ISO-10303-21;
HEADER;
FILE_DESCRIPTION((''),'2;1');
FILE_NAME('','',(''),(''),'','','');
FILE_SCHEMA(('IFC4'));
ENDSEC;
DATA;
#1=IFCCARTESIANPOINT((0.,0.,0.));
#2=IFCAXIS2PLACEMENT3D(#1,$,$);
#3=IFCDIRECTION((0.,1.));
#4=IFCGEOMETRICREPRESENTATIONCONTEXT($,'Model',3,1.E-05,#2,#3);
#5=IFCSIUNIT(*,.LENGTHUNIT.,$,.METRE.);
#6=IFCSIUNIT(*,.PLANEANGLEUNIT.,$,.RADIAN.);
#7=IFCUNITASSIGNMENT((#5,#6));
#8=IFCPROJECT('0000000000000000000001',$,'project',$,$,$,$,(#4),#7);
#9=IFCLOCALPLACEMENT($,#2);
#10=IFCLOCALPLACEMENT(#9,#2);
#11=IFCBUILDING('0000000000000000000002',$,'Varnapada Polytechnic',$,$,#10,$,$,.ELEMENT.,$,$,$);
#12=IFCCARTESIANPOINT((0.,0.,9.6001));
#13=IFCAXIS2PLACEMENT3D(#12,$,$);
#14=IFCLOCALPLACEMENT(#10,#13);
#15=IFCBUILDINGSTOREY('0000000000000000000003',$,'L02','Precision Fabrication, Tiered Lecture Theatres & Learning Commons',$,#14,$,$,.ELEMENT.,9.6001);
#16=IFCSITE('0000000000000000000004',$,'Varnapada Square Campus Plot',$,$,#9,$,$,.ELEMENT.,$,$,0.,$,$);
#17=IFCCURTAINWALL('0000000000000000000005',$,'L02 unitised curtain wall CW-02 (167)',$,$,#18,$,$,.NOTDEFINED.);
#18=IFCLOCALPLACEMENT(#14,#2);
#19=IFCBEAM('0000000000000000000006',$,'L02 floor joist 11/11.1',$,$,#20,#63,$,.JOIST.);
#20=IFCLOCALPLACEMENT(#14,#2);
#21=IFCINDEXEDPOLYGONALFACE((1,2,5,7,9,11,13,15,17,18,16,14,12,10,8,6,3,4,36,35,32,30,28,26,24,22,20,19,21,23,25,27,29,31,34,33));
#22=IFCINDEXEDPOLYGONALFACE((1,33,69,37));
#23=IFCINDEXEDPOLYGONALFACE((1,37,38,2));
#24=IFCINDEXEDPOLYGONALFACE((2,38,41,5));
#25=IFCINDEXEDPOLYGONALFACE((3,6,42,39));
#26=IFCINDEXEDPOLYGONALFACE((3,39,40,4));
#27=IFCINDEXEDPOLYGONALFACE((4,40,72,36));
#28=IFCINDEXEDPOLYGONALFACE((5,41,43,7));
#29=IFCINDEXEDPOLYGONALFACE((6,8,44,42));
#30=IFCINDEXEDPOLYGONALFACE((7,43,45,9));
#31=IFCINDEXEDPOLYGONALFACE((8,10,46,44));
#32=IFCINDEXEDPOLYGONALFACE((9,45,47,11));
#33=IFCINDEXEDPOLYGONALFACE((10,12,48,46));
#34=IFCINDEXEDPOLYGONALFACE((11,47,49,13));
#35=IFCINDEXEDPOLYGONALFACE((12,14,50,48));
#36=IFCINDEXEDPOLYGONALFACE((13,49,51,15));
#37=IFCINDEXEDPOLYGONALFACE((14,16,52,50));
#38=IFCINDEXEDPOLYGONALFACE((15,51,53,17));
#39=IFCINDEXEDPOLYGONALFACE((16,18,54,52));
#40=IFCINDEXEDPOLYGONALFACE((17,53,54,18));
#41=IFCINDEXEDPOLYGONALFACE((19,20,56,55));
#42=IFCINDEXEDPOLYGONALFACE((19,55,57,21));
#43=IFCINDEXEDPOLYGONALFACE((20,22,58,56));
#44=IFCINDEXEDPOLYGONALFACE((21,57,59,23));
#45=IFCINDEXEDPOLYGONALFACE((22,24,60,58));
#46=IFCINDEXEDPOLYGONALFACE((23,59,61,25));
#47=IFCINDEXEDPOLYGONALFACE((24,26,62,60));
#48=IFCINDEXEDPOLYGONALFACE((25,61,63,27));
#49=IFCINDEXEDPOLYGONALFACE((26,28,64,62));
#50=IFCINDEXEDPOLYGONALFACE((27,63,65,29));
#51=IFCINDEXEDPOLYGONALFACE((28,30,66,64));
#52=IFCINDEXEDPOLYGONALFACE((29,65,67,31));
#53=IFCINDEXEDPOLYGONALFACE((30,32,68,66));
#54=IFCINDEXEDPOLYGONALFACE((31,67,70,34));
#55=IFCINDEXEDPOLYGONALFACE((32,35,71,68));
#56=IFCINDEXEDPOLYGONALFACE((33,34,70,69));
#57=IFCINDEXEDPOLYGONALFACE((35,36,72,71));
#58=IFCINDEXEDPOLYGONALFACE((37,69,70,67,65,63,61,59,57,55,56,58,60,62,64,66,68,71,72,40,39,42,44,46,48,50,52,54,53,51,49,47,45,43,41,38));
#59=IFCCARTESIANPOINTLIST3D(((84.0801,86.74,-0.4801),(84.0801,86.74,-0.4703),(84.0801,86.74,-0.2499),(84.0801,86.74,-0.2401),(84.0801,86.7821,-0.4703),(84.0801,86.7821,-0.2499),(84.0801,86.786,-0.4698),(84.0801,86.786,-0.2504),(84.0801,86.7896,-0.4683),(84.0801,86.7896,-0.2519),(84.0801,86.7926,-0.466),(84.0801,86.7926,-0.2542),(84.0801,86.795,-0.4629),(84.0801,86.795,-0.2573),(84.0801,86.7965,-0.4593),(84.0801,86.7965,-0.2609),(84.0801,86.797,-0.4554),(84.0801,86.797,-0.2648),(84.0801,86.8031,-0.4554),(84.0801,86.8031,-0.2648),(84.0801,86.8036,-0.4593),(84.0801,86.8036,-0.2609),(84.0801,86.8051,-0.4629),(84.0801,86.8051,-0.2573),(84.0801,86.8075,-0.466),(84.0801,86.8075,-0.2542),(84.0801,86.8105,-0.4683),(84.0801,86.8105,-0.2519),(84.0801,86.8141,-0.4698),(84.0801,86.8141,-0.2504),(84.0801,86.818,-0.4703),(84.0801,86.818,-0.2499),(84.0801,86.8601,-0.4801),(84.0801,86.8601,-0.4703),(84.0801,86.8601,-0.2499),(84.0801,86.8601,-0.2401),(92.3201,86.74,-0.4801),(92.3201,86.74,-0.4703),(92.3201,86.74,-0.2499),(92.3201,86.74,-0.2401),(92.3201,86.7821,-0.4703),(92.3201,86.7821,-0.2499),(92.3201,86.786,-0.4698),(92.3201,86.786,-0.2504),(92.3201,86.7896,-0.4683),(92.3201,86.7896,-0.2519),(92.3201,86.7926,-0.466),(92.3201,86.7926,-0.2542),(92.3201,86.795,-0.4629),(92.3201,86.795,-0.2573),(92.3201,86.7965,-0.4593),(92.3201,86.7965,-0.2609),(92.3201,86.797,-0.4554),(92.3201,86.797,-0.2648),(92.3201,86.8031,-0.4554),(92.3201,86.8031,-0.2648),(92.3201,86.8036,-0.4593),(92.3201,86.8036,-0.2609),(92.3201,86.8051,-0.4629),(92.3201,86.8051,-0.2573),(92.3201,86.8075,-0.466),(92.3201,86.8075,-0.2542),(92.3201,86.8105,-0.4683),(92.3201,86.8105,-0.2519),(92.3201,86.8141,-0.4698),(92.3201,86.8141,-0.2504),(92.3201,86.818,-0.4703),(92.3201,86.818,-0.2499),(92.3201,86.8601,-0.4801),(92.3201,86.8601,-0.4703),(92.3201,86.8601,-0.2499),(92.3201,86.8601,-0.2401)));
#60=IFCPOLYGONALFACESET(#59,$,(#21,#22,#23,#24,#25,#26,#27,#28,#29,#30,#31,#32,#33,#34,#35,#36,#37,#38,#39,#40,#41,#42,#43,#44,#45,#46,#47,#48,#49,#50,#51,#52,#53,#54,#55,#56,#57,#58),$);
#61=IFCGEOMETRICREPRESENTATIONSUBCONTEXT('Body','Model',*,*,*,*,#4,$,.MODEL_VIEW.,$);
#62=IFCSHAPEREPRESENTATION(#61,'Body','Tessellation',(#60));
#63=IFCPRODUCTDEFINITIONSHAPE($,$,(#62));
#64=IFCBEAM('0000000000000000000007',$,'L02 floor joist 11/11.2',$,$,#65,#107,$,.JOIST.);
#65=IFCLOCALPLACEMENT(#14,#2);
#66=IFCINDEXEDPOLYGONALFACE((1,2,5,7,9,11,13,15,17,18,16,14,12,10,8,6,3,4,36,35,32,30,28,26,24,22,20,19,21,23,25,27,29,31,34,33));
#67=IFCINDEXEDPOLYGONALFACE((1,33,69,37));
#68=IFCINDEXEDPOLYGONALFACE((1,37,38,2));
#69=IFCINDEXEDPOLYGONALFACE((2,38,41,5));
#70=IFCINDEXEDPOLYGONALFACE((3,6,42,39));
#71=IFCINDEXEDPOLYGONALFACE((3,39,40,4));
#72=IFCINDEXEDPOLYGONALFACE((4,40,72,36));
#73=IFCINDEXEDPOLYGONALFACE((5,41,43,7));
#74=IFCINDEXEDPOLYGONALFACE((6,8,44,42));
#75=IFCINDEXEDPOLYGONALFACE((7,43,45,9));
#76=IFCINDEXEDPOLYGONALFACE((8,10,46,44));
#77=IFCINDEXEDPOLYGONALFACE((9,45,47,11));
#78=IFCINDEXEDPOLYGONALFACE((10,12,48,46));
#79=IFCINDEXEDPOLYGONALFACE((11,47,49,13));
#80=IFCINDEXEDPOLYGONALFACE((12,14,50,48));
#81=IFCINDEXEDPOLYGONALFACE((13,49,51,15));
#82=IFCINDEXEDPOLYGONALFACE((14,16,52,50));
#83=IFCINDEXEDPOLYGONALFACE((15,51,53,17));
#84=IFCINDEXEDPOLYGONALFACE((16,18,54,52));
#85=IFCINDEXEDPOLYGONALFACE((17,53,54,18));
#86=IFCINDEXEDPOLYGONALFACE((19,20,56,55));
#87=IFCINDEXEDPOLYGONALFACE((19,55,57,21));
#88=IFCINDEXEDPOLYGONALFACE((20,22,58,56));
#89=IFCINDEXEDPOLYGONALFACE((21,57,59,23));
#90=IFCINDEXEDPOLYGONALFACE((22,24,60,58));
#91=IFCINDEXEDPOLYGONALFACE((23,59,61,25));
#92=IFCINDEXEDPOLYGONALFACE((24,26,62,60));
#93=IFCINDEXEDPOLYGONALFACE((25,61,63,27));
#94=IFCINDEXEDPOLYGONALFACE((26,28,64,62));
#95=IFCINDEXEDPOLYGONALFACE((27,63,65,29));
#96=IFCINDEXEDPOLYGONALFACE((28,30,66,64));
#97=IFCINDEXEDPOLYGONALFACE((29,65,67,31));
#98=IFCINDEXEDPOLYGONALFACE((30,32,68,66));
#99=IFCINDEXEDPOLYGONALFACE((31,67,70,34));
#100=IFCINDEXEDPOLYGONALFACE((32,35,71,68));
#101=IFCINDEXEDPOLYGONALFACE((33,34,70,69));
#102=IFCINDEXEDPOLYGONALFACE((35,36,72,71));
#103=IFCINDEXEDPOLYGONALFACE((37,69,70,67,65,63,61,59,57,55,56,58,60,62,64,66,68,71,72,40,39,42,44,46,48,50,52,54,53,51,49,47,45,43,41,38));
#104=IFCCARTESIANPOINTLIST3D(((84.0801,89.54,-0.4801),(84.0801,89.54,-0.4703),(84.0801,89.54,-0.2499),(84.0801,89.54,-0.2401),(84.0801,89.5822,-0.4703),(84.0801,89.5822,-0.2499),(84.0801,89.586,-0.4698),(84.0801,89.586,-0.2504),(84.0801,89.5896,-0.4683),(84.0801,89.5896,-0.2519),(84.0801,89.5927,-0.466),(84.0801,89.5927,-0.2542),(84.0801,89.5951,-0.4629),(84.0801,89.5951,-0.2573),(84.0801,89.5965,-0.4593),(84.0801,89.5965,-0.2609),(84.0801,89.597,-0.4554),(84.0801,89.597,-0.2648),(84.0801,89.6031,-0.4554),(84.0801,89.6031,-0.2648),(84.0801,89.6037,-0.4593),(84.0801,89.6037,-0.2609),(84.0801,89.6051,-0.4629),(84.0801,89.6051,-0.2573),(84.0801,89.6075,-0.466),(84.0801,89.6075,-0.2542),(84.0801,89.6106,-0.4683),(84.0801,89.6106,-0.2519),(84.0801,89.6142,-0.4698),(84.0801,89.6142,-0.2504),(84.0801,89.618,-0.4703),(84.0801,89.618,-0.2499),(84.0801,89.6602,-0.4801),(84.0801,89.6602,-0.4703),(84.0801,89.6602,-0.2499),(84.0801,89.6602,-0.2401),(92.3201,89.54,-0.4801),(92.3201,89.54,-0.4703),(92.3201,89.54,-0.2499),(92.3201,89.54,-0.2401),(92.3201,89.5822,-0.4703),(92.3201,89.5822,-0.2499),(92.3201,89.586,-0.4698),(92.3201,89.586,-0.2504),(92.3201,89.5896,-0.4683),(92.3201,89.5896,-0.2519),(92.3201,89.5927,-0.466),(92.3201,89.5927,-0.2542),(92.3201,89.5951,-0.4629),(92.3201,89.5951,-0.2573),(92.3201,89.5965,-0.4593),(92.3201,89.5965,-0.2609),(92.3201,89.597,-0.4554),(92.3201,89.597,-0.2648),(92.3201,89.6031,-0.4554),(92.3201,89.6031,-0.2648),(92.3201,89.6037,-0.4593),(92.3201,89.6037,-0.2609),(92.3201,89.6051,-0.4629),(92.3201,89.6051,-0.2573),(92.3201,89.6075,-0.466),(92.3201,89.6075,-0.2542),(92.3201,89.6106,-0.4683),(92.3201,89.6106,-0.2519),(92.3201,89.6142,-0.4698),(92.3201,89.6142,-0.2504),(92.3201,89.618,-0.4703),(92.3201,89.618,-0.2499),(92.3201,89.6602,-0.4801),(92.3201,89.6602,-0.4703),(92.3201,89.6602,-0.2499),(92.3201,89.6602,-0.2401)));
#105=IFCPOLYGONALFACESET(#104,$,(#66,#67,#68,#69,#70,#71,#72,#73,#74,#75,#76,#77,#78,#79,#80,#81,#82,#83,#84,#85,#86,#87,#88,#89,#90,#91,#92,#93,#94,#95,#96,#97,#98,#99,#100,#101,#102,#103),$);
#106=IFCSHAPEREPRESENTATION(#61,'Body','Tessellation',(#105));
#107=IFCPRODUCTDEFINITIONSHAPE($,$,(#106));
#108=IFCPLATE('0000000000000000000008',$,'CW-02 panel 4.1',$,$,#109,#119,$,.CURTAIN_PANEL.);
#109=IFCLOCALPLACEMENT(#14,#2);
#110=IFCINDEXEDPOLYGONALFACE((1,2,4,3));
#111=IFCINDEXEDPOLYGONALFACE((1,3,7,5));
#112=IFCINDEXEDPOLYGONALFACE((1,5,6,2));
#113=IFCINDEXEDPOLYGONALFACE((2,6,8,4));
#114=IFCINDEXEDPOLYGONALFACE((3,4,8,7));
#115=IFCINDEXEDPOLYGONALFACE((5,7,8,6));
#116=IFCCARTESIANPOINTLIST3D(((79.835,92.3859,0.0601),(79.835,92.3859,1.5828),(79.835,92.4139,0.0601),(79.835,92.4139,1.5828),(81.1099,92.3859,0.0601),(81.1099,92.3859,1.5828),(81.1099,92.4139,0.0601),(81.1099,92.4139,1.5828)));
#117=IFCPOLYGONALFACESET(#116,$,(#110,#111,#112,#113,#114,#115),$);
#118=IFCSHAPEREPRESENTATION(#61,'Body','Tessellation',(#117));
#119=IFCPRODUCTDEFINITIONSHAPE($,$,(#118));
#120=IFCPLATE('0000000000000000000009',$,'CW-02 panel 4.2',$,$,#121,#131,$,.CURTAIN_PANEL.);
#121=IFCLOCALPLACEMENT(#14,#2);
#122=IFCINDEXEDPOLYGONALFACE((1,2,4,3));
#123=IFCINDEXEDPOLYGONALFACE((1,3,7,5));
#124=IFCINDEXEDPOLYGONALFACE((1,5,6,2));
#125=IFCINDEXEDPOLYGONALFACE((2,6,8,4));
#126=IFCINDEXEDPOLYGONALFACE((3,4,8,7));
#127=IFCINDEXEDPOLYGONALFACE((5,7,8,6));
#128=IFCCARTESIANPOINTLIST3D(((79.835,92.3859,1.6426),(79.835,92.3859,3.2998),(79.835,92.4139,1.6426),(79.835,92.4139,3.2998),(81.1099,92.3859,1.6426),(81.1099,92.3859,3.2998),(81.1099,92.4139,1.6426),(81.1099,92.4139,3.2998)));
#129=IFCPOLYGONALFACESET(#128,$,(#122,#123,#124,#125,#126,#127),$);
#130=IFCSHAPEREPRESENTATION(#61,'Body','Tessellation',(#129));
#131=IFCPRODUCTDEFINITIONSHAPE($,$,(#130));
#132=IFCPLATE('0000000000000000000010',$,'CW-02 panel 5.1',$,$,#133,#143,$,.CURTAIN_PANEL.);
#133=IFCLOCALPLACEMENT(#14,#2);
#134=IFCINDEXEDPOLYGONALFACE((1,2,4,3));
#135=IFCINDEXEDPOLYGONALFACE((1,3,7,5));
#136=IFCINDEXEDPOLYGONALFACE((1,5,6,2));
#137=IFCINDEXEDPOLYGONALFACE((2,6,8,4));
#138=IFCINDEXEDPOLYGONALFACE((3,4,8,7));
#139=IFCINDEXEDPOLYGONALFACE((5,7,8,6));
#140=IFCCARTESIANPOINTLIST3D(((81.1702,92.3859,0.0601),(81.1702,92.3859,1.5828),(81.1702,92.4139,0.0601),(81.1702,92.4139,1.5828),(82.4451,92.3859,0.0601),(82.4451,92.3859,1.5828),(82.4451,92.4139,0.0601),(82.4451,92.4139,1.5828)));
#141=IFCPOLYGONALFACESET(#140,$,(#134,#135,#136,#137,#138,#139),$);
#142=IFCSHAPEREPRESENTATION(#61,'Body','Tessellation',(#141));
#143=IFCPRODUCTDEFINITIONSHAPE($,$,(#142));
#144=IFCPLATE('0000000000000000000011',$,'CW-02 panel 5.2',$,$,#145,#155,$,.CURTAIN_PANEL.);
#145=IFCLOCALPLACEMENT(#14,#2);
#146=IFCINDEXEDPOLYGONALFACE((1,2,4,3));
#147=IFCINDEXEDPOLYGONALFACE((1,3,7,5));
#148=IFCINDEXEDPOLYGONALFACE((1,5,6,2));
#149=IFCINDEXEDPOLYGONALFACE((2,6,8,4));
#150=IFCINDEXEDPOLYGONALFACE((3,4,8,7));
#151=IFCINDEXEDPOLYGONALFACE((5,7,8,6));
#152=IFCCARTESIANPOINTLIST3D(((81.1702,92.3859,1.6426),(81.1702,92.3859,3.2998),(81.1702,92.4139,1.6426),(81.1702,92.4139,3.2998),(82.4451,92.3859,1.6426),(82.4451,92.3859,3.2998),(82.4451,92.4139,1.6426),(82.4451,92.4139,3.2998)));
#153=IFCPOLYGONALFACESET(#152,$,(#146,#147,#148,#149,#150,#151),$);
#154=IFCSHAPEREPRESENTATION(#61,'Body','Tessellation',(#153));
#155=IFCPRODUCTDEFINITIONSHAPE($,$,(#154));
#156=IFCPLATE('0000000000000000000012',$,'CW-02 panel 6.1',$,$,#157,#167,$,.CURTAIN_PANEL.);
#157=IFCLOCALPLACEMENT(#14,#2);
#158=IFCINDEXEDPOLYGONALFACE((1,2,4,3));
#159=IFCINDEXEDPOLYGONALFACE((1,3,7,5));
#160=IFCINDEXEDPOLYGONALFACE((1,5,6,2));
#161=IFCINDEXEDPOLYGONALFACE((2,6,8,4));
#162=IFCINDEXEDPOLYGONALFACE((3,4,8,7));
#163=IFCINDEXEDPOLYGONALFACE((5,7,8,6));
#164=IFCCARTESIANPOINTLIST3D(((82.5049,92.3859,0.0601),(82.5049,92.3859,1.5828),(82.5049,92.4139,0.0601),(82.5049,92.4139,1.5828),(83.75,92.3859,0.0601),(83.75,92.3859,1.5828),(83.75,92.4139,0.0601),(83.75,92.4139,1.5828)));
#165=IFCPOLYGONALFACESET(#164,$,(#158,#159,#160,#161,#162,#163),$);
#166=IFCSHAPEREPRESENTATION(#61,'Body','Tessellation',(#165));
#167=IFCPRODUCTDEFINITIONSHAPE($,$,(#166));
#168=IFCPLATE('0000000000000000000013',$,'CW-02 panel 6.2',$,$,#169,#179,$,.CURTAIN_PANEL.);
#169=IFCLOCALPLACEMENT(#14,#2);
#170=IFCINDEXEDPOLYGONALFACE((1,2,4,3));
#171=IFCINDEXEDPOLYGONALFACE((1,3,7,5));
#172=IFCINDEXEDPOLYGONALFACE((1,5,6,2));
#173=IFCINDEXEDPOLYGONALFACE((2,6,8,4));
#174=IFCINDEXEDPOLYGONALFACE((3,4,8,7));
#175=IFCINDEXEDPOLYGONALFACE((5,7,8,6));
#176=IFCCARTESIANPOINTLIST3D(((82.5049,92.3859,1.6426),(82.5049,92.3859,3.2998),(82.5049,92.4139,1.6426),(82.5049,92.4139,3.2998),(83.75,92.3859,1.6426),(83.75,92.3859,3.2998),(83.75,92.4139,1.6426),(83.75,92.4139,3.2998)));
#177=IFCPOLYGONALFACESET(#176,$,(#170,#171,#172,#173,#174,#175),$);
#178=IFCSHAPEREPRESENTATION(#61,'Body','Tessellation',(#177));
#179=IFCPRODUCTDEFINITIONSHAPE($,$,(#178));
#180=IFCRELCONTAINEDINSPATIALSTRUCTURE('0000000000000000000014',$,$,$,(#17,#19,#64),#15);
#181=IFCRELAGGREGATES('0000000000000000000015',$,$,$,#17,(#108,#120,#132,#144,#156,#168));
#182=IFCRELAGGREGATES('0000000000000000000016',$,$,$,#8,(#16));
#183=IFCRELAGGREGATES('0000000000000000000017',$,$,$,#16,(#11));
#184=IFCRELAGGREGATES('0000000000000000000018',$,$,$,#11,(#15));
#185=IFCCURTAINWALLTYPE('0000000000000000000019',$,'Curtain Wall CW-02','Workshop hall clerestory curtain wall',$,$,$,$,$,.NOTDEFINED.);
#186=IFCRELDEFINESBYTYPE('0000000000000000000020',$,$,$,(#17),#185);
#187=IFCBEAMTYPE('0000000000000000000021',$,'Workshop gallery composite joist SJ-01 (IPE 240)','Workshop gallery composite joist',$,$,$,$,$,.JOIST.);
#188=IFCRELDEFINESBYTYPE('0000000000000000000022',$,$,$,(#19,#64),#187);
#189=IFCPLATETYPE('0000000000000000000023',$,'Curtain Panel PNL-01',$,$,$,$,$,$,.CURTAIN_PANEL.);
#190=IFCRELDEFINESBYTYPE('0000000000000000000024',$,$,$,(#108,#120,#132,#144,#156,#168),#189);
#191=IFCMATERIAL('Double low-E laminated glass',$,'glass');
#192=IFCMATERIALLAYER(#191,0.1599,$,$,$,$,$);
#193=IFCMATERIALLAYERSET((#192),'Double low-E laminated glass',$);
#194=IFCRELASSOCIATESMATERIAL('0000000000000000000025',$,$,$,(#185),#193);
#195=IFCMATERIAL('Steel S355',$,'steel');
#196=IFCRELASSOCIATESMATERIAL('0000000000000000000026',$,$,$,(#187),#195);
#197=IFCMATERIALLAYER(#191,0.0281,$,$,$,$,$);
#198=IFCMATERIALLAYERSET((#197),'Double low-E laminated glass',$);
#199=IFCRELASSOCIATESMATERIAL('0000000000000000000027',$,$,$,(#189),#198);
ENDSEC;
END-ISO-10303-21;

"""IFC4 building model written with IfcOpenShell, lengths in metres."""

from ifc_helpers import new_model, si_unit, direction, frame, origin, origin_2d, place, context, subcontext, project, spatial, rectangle, i_section, extrude, material, layer, layer_set, material_profile, profile_set, type_object, element, aggregate, save


model = new_model("IFC4")

# Units and contexts
model_context = context("Model", 3, precision=1e-05, world=origin(), true_north=direction((0.0, 1.0)))
body_context = subcontext(model_context, "Body", "Model", "MODEL_VIEW")
ifc_project = project(units=[si_unit("LENGTHUNIT", "METRE"), si_unit("PLANEANGLEUNIT", "RADIAN")], contexts=[model_context])

# Site, building, storey
site_placement = place(None, origin())
site = spatial("IfcSite", under=ifc_project, at=site_placement, Name="Varnapada Square Campus Plot", CompositionType="ELEMENT", RefElevation=0.0)
building_placement = place(site_placement, origin())
building = spatial("IfcBuilding", under=site, at=building_placement, Name="Varnapada Polytechnic", CompositionType="ELEMENT")
storey_placement = place(building_placement, frame((0.0, 0.0, 9.6001)))
storey = spatial("IfcBuildingStorey", under=building, at=storey_placement, Name="L02", Description="Precision Fabrication, Tiered Lecture Theatres & Learning Commons", CompositionType="ELEMENT", Elevation=9.6001)

# Curtain wall
ifc_material_1 = material(Name="Double low-E laminated glass", Category="glass")
ifc_layer_1 = layer(ifc_material_1, 0.1599)
ifc_layer_set_1 = layer_set([ifc_layer_1], Name="Double low-E laminated glass")
curtain_wall_type_1 = type_object("IfcCurtainWallType", Name="Curtain Wall CW-02", Description="Workshop hall clerestory curtain wall", PredefinedType="NOTDEFINED", material=ifc_layer_set_1)
curtain_wall_1_placement = place(storey_placement, origin())
curtain_wall_1 = element("IfcCurtainWall", 1, at=curtain_wall_1_placement, inside=storey, type_object=curtain_wall_type_1, Name="L02 unitised curtain wall CW-02 (167)", PredefinedType="NOTDEFINED")

# Beams
ifc_material_2 = material(Name="Steel S355", Category="steel")
ifc_material_profile_1 = material_profile(ifc_material_2, i_section(OverallWidth=0.1201, OverallDepth=0.24, WebThickness=0.0061, FlangeThickness=0.0098, FilletRadius=0.0149, at=origin_2d()), Name="IPE 240")
ifc_profile_set_1 = profile_set([ifc_material_profile_1], Name="Steel S355")
beam_type = type_object("IfcBeamType", Name="Workshop gallery composite joist SJ-01 (IPE 240)", Description="Workshop gallery composite joist", PredefinedType="JOIST", material=ifc_profile_set_1)
for number, where, z_axis, x_axis, name in (
    (2, (84.0801, 86.8, -0.3601), (1.0, 0.0, 0.0), (0.0, 1.0, 0.0), "L02 floor joist 11/11.1"),
    (3, (84.0801, 89.6001, -0.3601), (1.0, 0.0, 0.0), (0.0, 1.0, 0.0), "L02 floor joist 11/11.2"),
):
    element("IfcBeam", number, at=place(storey_placement, frame(where, z_axis=z_axis, x_axis=x_axis)), inside=storey, type_object=beam_type, Name=name, PredefinedType="JOIST", context=body_context, shape_type="SweptSolid", body=[
        extrude(i_section(OverallWidth=0.1201, OverallDepth=0.24, WebThickness=0.0061, FlangeThickness=0.0098, FilletRadius=0.0149, at=origin_2d()), origin(), (0.0, 0.0, 1.0), 8.24),
    ])

# Plates
ifc_layer_2 = layer(ifc_material_1, 0.0281)
ifc_layer_set_2 = layer_set([ifc_layer_2], Name="Double low-E laminated glass")
plate_type = type_object("IfcPlateType", Name="Curtain Panel PNL-01", PredefinedType="CURTAIN_PANEL", material=ifc_layer_set_2)
plate_1_placement = place(storey_placement, frame((80.4724, 92.3999, 0.0601), z_axis=(0.0, 0.0, 1.0), x_axis=(1.0, 0.0, 0.0)))
plate_1 = element("IfcPlate", 4, at=plate_1_placement, type_object=plate_type, Name="CW-02 panel 4.1", PredefinedType="CURTAIN_PANEL", context=body_context, shape_type="SweptSolid", body=[
    extrude(rectangle(XDim=1.2749, YDim=0.0281, at=origin_2d()), origin(), (0.0, 0.0, 1.0), 1.5227),
])
plate_2_placement = place(storey_placement, frame((80.4724, 92.3999, 1.6426), z_axis=(0.0, 0.0, 1.0), x_axis=(1.0, 0.0, 0.0)))
plate_2 = element("IfcPlate", 5, at=plate_2_placement, type_object=plate_type, Name="CW-02 panel 4.2", PredefinedType="CURTAIN_PANEL", context=body_context, shape_type="SweptSolid", body=[
    extrude(rectangle(XDim=1.2749, YDim=0.0281, at=origin_2d()), origin(), (0.0, 0.0, 1.0), 1.6572),
])
plate_3_placement = place(storey_placement, frame((81.8076, 92.3999, 0.0601), z_axis=(0.0, 0.0, 1.0), x_axis=(1.0, 0.0, 0.0)))
plate_3 = element("IfcPlate", 6, at=plate_3_placement, type_object=plate_type, Name="CW-02 panel 5.1", PredefinedType="CURTAIN_PANEL", context=body_context, shape_type="SweptSolid", body=[
    extrude(rectangle(XDim=1.2749, YDim=0.0281, at=origin_2d()), origin(), (0.0, 0.0, 1.0), 1.5227),
])
plate_4_placement = place(storey_placement, frame((81.8076, 92.3999, 1.6426), z_axis=(0.0, 0.0, 1.0), x_axis=(1.0, 0.0, 0.0)))
plate_4 = element("IfcPlate", 7, at=plate_4_placement, type_object=plate_type, Name="CW-02 panel 5.2", PredefinedType="CURTAIN_PANEL", context=body_context, shape_type="SweptSolid", body=[
    extrude(rectangle(XDim=1.2749, YDim=0.0281, at=origin_2d()), origin(), (0.0, 0.0, 1.0), 1.6572),
])
plate_5_placement = place(storey_placement, frame((83.1274, 92.3999, 0.0601), z_axis=(0.0, 0.0, 1.0), x_axis=(1.0, 0.0, 0.0)))
plate_5 = element("IfcPlate", 8, at=plate_5_placement, type_object=plate_type, Name="CW-02 panel 6.1", PredefinedType="CURTAIN_PANEL", context=body_context, shape_type="SweptSolid", body=[
    extrude(rectangle(XDim=1.2451, YDim=0.0281, at=origin_2d()), origin(), (0.0, 0.0, 1.0), 1.5227),
])
plate_6_placement = place(storey_placement, frame((83.1274, 92.3999, 1.6426), z_axis=(0.0, 0.0, 1.0), x_axis=(1.0, 0.0, 0.0)))
plate_6 = element("IfcPlate", 9, at=plate_6_placement, type_object=plate_type, Name="CW-02 panel 6.2", PredefinedType="CURTAIN_PANEL", context=body_context, shape_type="SweptSolid", body=[
    extrude(rectangle(XDim=1.2451, YDim=0.0281, at=origin_2d()), origin(), (0.0, 0.0, 1.0), 1.6572),
])
aggregate(curtain_wall_1, [plate_1, plate_2, plate_3, plate_4, plate_5, plate_6])

save(model, "model.ifc")
